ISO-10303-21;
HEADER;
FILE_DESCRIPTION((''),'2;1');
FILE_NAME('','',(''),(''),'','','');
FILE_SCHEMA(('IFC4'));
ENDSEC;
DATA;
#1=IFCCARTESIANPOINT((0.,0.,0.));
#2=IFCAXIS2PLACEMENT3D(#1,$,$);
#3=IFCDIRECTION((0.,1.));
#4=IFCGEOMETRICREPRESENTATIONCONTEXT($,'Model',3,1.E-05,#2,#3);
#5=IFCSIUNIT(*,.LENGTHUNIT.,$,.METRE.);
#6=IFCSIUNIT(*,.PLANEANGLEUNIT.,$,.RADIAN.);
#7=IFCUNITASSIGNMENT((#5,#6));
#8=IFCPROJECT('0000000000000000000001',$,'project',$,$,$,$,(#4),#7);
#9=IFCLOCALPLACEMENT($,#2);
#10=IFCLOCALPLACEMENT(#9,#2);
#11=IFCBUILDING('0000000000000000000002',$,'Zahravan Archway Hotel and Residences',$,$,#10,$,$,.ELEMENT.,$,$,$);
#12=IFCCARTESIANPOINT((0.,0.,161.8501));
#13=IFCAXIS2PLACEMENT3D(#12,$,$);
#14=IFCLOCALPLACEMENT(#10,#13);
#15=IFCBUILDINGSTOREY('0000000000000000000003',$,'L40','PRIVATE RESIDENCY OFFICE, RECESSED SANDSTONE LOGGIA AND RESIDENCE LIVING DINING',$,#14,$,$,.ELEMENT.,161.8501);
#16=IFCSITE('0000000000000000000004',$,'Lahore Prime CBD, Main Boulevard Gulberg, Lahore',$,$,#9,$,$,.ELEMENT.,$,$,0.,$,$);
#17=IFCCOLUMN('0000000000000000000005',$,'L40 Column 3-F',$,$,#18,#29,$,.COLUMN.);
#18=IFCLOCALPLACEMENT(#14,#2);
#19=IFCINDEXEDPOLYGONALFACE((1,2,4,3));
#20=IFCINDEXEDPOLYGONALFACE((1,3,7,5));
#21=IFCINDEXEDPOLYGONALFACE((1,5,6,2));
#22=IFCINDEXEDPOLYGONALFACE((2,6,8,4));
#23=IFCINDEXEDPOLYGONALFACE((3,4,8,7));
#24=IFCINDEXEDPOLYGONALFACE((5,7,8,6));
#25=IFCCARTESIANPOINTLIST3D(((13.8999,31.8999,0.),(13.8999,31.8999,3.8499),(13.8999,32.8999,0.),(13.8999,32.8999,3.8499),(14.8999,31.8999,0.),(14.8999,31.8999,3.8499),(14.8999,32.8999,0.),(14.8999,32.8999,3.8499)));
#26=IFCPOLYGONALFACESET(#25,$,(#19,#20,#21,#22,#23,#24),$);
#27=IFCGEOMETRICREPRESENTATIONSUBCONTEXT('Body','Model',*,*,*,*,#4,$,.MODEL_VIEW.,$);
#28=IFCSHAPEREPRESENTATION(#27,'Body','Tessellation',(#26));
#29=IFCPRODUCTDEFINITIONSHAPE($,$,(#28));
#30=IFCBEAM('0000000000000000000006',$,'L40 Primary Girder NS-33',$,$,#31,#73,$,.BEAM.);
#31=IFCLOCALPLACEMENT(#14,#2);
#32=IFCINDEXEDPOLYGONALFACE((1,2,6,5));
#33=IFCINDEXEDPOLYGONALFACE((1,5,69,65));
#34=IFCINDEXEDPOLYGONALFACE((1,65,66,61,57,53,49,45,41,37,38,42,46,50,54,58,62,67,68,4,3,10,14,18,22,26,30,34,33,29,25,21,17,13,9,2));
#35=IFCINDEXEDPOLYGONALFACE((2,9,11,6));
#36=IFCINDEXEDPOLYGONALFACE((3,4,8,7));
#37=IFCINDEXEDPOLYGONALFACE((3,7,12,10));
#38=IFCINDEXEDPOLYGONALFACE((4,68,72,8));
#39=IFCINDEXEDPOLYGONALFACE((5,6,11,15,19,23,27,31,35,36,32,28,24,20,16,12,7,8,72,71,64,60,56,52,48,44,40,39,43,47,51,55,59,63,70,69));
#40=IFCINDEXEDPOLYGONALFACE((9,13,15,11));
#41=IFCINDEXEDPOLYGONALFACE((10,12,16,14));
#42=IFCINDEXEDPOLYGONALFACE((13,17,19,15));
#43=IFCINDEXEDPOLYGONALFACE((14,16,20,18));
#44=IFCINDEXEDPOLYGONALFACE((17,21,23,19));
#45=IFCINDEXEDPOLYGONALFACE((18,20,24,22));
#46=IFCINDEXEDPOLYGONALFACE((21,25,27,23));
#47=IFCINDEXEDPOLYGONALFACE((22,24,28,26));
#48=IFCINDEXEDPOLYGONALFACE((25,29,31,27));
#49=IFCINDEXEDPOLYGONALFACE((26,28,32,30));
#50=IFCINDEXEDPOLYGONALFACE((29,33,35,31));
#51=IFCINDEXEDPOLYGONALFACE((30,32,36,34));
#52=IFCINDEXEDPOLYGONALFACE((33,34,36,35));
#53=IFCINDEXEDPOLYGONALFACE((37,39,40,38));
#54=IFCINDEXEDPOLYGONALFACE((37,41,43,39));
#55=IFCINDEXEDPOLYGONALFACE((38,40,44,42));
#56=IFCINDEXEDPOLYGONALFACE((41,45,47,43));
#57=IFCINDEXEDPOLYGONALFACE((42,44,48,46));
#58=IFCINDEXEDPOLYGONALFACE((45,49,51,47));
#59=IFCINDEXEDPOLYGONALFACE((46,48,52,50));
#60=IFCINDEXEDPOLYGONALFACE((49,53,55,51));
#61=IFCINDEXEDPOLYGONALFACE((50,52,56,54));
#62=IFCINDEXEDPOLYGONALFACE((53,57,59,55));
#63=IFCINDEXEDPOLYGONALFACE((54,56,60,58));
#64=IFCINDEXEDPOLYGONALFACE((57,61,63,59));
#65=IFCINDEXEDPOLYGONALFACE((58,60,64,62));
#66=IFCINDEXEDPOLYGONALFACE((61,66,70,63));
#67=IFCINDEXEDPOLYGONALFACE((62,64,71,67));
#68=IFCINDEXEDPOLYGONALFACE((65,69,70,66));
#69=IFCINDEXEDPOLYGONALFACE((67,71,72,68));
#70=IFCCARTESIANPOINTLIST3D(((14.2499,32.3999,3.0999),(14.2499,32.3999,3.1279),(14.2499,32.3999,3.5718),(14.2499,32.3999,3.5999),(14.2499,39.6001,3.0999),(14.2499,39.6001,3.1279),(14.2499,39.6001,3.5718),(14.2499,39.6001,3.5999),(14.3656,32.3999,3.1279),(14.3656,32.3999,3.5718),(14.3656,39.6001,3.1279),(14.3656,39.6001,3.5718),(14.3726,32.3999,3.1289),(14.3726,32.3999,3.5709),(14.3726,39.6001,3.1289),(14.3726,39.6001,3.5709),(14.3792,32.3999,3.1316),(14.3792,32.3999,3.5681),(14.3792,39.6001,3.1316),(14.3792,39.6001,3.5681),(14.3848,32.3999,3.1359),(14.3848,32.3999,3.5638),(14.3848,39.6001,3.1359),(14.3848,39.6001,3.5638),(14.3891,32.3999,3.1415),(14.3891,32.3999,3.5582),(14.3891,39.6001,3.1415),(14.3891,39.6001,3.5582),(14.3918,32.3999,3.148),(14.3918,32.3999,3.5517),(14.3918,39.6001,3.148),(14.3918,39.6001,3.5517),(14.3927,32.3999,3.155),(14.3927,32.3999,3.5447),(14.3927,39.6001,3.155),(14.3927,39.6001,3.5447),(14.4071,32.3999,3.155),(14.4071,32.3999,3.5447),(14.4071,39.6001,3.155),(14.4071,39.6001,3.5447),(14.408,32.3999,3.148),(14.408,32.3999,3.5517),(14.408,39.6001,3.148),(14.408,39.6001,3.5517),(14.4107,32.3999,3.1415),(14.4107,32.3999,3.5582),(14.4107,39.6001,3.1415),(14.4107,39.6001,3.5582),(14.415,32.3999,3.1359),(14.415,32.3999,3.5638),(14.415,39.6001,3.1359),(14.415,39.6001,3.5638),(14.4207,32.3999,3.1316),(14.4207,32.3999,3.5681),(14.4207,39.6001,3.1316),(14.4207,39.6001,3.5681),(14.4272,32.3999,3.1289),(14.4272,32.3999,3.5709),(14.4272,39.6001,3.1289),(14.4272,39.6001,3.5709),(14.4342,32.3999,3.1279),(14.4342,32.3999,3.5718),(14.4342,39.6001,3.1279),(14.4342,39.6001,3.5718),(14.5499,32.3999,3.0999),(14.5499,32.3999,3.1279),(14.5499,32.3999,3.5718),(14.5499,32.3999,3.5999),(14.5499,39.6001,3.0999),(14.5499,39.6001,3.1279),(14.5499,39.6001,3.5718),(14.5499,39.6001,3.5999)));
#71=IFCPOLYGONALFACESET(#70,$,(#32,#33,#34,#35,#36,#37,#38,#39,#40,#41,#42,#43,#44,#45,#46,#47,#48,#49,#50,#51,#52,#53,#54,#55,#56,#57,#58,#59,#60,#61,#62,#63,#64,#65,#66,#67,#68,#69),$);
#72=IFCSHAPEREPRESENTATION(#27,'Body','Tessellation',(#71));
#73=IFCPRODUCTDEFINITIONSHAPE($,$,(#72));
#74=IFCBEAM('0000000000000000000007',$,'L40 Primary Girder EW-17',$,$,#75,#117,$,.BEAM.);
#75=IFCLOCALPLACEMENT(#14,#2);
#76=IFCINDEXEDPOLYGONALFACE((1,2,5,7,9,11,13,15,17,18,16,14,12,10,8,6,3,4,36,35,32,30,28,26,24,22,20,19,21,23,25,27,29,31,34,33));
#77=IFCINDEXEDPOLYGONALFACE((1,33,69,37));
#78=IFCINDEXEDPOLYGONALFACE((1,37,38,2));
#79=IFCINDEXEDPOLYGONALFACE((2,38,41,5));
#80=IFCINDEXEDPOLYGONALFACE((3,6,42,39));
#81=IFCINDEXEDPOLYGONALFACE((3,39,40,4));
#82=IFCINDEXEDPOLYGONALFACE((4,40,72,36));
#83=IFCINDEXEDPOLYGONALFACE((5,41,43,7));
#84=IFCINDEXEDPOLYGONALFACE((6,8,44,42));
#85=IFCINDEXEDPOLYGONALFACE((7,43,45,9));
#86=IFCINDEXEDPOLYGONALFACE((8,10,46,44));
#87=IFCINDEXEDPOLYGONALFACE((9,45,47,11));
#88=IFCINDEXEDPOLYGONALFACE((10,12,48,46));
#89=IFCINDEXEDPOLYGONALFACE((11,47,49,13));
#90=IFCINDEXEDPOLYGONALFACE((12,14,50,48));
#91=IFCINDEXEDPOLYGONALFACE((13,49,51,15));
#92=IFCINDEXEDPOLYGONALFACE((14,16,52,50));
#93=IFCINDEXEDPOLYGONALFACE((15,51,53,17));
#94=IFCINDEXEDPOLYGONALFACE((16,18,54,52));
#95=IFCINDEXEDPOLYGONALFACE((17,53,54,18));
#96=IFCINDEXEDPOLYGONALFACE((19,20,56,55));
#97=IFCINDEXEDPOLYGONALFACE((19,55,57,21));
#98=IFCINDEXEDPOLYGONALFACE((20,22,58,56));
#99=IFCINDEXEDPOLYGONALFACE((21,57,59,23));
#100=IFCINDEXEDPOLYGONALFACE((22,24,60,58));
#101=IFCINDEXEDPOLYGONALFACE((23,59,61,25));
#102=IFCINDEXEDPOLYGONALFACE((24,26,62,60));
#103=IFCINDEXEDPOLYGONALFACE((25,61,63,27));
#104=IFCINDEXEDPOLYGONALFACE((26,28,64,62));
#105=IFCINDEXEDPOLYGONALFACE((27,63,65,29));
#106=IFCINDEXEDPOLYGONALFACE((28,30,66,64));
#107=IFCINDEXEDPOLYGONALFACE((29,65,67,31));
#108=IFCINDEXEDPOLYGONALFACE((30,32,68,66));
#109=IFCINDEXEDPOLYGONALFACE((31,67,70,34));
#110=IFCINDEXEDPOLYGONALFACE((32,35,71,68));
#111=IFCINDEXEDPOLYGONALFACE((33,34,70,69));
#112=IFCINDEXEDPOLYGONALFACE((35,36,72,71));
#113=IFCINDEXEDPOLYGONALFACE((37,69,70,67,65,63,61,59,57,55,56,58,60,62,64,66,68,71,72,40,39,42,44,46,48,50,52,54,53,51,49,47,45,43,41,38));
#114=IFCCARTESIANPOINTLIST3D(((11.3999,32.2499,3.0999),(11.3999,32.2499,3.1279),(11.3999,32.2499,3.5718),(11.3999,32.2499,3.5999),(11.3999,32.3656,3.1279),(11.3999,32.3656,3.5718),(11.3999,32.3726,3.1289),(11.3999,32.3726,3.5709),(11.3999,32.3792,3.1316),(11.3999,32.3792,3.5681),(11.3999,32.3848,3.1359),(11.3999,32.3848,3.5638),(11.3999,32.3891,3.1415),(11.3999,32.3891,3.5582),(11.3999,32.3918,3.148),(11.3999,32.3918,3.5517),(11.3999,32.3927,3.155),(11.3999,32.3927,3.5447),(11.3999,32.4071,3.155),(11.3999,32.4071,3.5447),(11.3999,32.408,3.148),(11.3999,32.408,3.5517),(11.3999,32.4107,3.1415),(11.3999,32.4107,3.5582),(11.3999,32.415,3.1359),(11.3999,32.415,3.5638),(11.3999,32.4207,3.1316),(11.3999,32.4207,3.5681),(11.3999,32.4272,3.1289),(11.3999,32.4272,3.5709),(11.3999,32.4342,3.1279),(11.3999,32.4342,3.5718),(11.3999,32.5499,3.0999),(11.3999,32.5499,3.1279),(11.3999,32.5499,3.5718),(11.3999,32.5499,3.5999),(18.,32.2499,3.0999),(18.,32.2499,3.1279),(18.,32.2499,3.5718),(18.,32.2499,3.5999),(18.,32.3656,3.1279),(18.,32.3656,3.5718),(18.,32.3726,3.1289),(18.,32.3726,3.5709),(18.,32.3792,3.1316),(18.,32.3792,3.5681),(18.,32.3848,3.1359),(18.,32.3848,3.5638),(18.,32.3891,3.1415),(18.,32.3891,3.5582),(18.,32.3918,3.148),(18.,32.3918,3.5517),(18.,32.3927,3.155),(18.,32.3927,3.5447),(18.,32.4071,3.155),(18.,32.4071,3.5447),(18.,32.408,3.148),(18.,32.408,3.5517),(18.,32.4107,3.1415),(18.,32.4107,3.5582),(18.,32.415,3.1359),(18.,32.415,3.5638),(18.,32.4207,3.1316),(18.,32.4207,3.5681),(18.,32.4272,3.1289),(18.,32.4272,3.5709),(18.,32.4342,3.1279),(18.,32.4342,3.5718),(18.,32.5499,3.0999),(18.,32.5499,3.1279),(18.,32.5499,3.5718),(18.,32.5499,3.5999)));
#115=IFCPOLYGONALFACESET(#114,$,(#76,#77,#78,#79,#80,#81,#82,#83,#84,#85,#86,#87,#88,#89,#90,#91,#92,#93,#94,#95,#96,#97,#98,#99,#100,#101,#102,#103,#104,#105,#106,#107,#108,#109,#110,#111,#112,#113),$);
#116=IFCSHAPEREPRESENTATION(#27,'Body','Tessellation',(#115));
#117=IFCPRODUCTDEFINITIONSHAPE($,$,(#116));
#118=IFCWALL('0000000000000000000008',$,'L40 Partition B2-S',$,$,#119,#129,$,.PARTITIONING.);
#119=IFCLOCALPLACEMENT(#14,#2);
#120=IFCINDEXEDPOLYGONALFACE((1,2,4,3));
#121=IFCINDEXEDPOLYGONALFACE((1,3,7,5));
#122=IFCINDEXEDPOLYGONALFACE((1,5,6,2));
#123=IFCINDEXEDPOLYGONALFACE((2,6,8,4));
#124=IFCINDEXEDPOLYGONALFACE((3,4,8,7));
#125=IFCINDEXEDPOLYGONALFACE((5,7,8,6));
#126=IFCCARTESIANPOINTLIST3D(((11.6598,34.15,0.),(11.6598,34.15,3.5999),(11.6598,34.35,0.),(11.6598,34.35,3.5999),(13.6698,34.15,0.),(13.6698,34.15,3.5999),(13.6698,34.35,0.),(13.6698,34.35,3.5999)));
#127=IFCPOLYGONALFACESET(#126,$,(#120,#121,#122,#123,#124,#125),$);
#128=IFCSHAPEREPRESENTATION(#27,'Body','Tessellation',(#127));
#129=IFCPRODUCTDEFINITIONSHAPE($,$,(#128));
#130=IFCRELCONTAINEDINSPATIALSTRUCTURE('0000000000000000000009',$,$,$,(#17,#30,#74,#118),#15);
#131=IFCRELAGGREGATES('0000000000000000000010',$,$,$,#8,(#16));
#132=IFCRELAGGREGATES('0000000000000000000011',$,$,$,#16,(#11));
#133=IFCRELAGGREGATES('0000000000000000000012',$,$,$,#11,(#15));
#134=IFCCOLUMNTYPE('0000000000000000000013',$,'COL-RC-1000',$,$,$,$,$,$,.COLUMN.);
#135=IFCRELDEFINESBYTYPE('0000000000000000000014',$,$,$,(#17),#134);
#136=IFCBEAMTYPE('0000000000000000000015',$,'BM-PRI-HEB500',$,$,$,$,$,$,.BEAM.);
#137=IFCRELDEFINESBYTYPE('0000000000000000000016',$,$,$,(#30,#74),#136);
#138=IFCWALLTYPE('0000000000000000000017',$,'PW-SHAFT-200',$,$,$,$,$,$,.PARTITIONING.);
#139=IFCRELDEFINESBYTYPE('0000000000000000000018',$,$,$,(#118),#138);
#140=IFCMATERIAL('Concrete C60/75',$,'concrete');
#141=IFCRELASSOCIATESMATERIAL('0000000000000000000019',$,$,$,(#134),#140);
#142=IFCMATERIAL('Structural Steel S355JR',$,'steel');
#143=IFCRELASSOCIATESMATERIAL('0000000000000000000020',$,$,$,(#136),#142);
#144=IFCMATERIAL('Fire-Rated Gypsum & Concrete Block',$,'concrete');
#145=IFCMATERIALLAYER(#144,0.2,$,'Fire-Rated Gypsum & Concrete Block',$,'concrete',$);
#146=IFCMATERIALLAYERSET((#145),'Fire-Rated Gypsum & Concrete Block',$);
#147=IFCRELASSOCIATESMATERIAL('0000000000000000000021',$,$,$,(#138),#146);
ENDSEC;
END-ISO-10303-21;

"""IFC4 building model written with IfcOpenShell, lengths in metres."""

from ifc_helpers import new_model, si_unit, direction, frame, frame_2d, origin, origin_2d, place, context, subcontext, project, spatial, rectangle, i_section, extrude, source, transform, mapped, material, layer, layer_set, material_profile, profile_set, type_object, type_shapes, element, save


model = new_model("IFC4")

# Units and contexts
model_context = context("Model", 3, precision=1e-05, world=origin(), true_north=direction((0.0, 1.0)))
body_context = subcontext(model_context, "Body", "Model", "MODEL_VIEW")
ifc_project = project(units=[si_unit("LENGTHUNIT", "METRE"), si_unit("PLANEANGLEUNIT", "RADIAN")], contexts=[model_context])

# Site, building, storey
site_placement = place(None, origin())
site = spatial("IfcSite", under=ifc_project, at=site_placement, Name="Lahore Prime CBD, Main Boulevard Gulberg, Lahore", CompositionType="ELEMENT", RefElevation=0.0)
building_placement = place(site_placement, origin())
building = spatial("IfcBuilding", under=site, at=building_placement, Name="Zahravan Archway Hotel and Residences", CompositionType="ELEMENT")
storey_placement = place(building_placement, frame((0.0, 0.0, 161.8501)))
storey = spatial("IfcBuildingStorey", under=building, at=storey_placement, Name="L40", Description="PRIVATE RESIDENCY OFFICE, RECESSED SANDSTONE LOGGIA AND RESIDENCE LIVING DINING", CompositionType="ELEMENT", Elevation=161.8501)

# Column
ifc_material_1 = material(Name="Concrete C60/75", Category="concrete")
ifc_material_profile_1 = material_profile(ifc_material_1, rectangle(XDim=1.0, YDim=1.0, at=origin_2d()), Name="RC-COL-1000x1000", Category="concrete")
ifc_profile_set_1 = profile_set([ifc_material_profile_1], Name="Concrete C60/75")
column_type = type_object("IfcColumnType", Name="COL-RC-1000", PredefinedType="COLUMN", material=ifc_profile_set_1)
shared_shape_1 = source(origin(), body_context, "Body", "SweptSolid", [
    extrude(rectangle(XDim=1.0, YDim=1.0, at=origin_2d()), origin(), (0.0, 0.0, 1.0), 3.8499),
])
column_placement = place(storey_placement, frame((14.3999, 32.3999, 0.0), z_axis=(0.0, 0.0, 1.0), x_axis=(1.0, 0.0, 0.0)))
element("IfcColumn", 1, at=column_placement, inside=storey, type_object=column_type, Name="L40 Column 3-F", PredefinedType="COLUMN", context=body_context, shape_type="MappedRepresentation", body=[
    mapped(shared_shape_1, transform((0.0, 0.0, 0.0), scale=1.0)),
])

# Beams
ifc_material_2 = material(Name="Structural Steel S355JR", Category="steel")
ifc_material_profile_2 = material_profile(ifc_material_2, i_section(OverallWidth=0.3, OverallDepth=0.5, WebThickness=0.0144, FlangeThickness=0.0281, FilletRadius=0.0271, at=origin_2d()), Name="HEB 500", Category="steel")
ifc_profile_set_2 = profile_set([ifc_material_profile_2], Name="Structural Steel S355JR")
beam_type = type_object("IfcBeamType", Name="BM-PRI-HEB500", PredefinedType="BEAM", material=ifc_profile_set_2)
shared_shape_2 = source(origin(), body_context, "Body", "SweptSolid", [
    extrude(i_section(OverallWidth=0.3, OverallDepth=0.5, WebThickness=0.0144, FlangeThickness=0.0281, FilletRadius=0.0271, at=origin_2d()), origin(), (0.0, 0.0, 1.0), 7.2002),
])
type_shapes(beam_type, [shared_shape_2])
beam_1_placement = place(storey_placement, frame((14.3999, 32.3999, 3.3499), z_axis=(0.0, 1.0, 0.0), x_axis=(-1.0, 0.0, 0.0)))
element("IfcBeam", 2, at=beam_1_placement, inside=storey, type_object=beam_type, Name="L40 Primary Girder NS-33", PredefinedType="BEAM", context=body_context, shape_type="MappedRepresentation", body=[
    mapped(shared_shape_2, transform((0.0, 0.0, 0.0), scale=1.0)),
])
shared_shape_3 = source(origin(), body_context, "Body", "SweptSolid", [
    extrude(i_section(OverallWidth=0.3, OverallDepth=0.5, WebThickness=0.0144, FlangeThickness=0.0281, FilletRadius=0.0271, at=origin_2d()), origin(), (0.0, 0.0, 1.0), 6.6001),
])
beam_2_placement = place(storey_placement, frame((11.3999, 32.3999, 3.3499), z_axis=(1.0, 0.0, 0.0), x_axis=(0.0, 1.0, 0.0)))
element("IfcBeam", 3, at=beam_2_placement, inside=storey, type_object=beam_type, Name="L40 Primary Girder EW-17", PredefinedType="BEAM", context=body_context, shape_type="MappedRepresentation", body=[
    mapped(shared_shape_3, transform((0.0, 0.0, 0.0), scale=1.0)),
])

# Wall
ifc_material_3 = material(Name="Fire-Rated Gypsum & Concrete Block", Category="concrete")
ifc_layer_1 = layer(ifc_material_3, 0.2, Name="Fire-Rated Gypsum & Concrete Block", Category="concrete")
ifc_layer_set_1 = layer_set([ifc_layer_1], Name="Fire-Rated Gypsum & Concrete Block")
wall_type_1 = type_object("IfcWallType", Name="PW-SHAFT-200", PredefinedType="PARTITIONING", material=ifc_layer_set_1)
wall_1_placement = place(storey_placement, frame((11.6599, 34.25, 0.0), z_axis=(0.0, 0.0, 1.0), x_axis=(1.0, 0.0, 0.0)))
element("IfcWall", 4, at=wall_1_placement, inside=storey, type_object=wall_type_1, Name="L40 Partition B2-S", PredefinedType="PARTITIONING", context=body_context, shape_type="SweptSolid", body=[
    extrude(rectangle(XDim=2.01, YDim=0.2, at=frame_2d((1.0049, 0.0))), origin(), (0.0, 0.0, 1.0), 3.5999),
])

save(model, "model.ifc")
